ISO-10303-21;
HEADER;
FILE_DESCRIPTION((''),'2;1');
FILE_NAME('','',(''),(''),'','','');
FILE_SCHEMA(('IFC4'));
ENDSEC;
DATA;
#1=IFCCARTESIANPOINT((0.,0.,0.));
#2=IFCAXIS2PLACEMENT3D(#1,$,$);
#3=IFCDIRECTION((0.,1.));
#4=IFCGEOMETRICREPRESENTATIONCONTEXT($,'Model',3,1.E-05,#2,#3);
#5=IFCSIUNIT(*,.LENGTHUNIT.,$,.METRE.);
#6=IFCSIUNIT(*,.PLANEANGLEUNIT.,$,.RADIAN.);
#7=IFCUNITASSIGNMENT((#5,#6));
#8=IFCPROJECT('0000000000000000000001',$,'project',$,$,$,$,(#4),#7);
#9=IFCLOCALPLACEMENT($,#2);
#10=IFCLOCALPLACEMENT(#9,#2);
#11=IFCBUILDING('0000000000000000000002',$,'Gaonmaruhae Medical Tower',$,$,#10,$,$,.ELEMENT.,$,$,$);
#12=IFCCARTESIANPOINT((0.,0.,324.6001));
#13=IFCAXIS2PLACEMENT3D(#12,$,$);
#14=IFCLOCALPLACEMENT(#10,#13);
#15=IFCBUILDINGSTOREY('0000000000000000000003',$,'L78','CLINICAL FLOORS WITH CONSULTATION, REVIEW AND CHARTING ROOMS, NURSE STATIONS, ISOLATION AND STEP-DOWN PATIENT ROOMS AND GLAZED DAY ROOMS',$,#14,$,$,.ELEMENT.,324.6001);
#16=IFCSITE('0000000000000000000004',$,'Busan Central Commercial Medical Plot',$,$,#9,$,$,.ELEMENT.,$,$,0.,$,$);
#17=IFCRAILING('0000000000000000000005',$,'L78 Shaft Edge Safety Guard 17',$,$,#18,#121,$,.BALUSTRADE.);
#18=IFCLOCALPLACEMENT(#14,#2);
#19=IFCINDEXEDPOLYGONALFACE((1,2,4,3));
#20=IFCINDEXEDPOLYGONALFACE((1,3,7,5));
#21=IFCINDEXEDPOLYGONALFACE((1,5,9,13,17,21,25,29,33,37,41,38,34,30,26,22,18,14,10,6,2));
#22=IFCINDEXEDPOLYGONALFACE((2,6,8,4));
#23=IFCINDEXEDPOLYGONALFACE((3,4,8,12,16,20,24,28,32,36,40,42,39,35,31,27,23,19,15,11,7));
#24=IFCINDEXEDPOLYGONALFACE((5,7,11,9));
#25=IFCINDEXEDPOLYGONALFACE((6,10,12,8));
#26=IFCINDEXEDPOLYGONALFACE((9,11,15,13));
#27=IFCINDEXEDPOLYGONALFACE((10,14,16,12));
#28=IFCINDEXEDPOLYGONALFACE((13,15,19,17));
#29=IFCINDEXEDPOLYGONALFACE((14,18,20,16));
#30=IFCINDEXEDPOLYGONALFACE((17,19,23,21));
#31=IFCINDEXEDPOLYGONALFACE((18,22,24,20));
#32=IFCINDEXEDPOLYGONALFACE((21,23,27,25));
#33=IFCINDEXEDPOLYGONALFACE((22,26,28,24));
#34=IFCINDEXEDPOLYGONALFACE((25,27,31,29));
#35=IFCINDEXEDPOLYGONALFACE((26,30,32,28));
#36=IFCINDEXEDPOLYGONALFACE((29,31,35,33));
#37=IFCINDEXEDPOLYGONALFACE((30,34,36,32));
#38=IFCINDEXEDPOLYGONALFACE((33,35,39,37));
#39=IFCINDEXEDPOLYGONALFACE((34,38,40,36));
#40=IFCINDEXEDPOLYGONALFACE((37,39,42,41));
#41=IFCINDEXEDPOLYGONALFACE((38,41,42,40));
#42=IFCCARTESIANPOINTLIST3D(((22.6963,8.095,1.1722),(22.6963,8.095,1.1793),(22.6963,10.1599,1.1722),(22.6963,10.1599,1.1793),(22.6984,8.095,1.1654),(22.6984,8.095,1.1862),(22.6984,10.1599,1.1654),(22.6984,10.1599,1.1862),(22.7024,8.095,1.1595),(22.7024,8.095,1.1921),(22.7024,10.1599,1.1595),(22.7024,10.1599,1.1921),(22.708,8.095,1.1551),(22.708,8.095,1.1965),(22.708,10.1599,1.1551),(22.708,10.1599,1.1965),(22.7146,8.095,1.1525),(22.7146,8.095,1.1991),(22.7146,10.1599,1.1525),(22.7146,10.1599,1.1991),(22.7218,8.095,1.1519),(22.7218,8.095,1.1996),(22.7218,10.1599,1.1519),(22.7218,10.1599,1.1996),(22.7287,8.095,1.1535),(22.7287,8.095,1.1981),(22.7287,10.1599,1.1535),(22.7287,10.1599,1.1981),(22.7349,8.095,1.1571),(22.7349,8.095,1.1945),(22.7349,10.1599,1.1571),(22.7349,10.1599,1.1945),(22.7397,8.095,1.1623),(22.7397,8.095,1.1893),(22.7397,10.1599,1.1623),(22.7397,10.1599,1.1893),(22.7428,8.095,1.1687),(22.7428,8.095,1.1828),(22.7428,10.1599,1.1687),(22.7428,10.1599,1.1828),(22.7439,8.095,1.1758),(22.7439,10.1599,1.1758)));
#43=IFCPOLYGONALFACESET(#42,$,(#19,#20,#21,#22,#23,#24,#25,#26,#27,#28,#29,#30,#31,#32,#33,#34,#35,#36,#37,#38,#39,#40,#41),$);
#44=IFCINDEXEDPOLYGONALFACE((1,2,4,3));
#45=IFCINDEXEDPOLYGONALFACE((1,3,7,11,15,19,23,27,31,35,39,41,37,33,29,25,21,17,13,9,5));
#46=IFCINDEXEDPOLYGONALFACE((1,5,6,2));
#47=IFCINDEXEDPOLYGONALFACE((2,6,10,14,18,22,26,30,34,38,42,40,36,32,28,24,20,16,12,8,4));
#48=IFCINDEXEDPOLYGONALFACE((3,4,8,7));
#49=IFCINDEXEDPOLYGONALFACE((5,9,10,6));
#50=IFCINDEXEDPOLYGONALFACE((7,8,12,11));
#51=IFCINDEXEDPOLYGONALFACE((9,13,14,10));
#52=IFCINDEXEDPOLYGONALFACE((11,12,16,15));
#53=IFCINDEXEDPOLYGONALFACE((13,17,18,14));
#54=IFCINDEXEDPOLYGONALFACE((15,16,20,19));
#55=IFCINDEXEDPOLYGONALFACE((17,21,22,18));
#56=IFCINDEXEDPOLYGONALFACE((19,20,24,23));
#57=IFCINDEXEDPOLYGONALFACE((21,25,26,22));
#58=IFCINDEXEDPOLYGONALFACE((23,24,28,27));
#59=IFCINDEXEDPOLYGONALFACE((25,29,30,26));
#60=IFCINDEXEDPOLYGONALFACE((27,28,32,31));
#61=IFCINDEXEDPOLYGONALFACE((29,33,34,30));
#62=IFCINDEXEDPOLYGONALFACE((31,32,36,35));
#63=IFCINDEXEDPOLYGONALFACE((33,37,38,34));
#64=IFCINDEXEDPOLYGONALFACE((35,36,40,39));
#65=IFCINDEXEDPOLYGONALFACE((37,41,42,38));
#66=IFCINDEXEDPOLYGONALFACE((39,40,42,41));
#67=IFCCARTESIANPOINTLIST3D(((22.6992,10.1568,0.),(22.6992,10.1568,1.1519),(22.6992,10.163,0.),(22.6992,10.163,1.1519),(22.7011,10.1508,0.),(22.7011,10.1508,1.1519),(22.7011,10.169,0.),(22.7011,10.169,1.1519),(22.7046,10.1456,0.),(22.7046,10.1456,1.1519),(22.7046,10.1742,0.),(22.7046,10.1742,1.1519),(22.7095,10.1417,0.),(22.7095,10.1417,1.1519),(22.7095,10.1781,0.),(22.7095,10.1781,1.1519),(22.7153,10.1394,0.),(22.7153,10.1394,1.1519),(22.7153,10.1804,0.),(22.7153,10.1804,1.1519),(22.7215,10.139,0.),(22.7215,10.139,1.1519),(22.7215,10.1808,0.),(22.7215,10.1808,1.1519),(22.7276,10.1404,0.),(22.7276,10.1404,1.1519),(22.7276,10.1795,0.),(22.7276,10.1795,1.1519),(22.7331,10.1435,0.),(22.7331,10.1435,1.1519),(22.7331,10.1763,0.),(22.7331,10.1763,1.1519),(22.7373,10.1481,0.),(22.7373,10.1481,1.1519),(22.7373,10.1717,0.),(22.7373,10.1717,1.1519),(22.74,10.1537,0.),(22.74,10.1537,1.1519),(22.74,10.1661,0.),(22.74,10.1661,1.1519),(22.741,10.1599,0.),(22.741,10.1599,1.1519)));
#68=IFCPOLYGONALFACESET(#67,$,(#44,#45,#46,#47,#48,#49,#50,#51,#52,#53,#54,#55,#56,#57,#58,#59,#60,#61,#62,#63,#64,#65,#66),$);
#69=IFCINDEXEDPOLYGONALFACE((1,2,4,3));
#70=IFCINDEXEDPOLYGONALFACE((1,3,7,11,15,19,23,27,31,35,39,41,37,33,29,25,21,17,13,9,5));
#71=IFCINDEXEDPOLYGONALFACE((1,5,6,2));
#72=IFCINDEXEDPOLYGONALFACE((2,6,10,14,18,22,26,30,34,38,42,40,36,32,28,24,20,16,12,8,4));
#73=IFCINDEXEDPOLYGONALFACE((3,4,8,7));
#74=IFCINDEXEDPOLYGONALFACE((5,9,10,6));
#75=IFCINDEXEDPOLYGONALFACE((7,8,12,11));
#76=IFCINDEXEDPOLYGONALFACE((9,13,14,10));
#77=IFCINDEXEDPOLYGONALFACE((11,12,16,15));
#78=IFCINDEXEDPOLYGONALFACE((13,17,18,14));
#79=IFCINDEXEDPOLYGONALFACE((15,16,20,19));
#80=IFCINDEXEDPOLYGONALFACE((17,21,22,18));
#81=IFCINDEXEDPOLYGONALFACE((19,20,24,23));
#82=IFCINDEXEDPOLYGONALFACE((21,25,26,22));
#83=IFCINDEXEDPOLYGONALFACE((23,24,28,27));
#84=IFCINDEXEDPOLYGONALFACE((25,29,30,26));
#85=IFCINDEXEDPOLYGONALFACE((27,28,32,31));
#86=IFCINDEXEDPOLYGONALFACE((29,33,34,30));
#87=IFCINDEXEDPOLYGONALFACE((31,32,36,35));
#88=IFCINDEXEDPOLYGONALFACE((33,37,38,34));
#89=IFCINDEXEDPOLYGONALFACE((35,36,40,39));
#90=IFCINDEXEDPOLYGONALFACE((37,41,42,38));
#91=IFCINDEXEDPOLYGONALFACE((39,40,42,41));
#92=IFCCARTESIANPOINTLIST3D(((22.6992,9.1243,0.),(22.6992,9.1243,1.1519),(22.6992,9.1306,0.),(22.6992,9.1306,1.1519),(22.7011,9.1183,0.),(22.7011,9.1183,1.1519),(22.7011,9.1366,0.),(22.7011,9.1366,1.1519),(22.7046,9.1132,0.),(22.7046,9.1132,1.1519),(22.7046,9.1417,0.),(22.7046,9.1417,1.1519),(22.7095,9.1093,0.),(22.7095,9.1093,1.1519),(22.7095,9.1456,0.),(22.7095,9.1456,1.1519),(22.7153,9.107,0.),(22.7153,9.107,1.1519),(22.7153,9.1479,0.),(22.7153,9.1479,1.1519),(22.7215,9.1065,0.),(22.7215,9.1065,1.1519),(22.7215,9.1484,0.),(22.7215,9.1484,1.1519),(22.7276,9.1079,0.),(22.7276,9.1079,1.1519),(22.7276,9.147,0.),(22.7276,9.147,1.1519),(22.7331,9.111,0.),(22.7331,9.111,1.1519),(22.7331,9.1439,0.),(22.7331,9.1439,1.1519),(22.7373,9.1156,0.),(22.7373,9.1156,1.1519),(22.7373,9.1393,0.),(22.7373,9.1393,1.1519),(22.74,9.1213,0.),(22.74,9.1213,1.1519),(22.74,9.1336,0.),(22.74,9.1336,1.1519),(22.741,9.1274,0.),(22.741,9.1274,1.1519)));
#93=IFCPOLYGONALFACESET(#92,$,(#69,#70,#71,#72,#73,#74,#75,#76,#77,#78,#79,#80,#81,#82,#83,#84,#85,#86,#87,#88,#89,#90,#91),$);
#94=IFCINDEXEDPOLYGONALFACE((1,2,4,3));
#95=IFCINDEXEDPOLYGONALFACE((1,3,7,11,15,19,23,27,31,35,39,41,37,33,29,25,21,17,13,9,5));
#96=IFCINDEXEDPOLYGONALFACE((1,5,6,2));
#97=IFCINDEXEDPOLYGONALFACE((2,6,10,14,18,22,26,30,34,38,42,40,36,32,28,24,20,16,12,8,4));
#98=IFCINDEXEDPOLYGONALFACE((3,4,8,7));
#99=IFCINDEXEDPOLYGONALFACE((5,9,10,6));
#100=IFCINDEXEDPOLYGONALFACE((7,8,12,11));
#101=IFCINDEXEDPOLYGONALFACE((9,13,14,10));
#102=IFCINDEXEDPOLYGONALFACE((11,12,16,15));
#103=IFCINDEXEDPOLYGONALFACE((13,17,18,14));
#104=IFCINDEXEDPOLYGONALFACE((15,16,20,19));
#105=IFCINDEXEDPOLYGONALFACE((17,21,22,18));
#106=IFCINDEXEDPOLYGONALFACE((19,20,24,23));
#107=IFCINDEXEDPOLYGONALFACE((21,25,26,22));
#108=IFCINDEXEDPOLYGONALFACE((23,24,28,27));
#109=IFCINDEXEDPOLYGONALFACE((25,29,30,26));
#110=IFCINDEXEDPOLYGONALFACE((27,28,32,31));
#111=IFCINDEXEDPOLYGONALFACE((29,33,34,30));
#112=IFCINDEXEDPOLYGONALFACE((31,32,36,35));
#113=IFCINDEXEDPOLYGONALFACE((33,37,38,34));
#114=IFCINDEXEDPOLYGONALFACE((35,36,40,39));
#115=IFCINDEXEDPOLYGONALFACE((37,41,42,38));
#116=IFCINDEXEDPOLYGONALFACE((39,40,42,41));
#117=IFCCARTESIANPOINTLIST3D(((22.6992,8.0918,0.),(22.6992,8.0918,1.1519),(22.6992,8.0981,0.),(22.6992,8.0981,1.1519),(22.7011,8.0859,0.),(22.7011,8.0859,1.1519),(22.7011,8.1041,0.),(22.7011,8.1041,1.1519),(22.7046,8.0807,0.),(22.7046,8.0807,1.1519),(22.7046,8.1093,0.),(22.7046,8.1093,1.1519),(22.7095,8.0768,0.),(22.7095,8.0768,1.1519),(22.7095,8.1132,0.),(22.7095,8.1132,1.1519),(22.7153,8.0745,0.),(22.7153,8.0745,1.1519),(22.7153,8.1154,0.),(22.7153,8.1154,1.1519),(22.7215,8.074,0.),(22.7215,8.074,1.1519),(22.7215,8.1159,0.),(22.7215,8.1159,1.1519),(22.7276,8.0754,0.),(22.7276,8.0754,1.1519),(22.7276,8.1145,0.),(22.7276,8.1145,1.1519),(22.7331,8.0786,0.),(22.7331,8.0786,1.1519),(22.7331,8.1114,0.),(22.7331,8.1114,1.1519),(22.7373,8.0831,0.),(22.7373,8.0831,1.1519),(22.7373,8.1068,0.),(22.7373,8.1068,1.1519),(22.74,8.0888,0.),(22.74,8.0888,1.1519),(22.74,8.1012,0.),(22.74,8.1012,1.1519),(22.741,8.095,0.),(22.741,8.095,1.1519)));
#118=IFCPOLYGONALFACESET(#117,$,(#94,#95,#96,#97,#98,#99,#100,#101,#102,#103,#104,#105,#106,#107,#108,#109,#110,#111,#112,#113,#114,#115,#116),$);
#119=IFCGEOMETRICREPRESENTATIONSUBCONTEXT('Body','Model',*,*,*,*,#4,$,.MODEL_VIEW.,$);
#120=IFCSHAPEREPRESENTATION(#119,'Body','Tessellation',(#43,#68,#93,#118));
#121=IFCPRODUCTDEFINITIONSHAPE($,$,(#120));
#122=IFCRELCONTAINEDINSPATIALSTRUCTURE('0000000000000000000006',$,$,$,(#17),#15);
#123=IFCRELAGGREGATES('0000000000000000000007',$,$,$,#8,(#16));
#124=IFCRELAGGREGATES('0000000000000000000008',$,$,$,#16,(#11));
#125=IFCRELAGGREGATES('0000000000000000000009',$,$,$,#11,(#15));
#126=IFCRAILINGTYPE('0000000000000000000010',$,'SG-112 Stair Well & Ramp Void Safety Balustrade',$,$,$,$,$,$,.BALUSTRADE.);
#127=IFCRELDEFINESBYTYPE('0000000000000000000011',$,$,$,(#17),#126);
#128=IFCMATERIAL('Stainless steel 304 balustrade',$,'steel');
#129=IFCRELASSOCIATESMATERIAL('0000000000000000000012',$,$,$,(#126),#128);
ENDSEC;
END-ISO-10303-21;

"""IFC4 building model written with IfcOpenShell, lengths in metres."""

from ifc_helpers import new_model, si_unit, direction, frame, origin, origin_2d, place, context, subcontext, project, spatial, circle, extrude, material, type_object, element, save


model = new_model("IFC4")

# Units and contexts
model_context = context("Model", 3, precision=1e-05, world=origin(), true_north=direction((0.0, 1.0)))
body_context = subcontext(model_context, "Body", "Model", "MODEL_VIEW")
ifc_project = project(units=[si_unit("LENGTHUNIT", "METRE"), si_unit("PLANEANGLEUNIT", "RADIAN")], contexts=[model_context])

# Site, building, storey
site_placement = place(None, origin())
site = spatial("IfcSite", under=ifc_project, at=site_placement, Name="Busan Central Commercial Medical Plot", CompositionType="ELEMENT", RefElevation=0.0)
building_placement = place(site_placement, origin())
building = spatial("IfcBuilding", under=site, at=building_placement, Name="Gaonmaruhae Medical Tower", CompositionType="ELEMENT")
storey_placement = place(building_placement, frame((0.0, 0.0, 324.6001)))
storey = spatial("IfcBuildingStorey", under=building, at=storey_placement, Name="L78", Description="CLINICAL FLOORS WITH CONSULTATION, REVIEW AND CHARTING ROOMS, NURSE STATIONS, ISOLATION AND STEP-DOWN PATIENT ROOMS AND GLAZED DAY ROOMS", CompositionType="ELEMENT", Elevation=324.6001)

# Railing
ifc_material_1 = material(Name="Stainless steel 304 balustrade", Category="steel")
railing_type_1 = type_object("IfcRailingType", Name="SG-112 Stair Well & Ramp Void Safety Balustrade", PredefinedType="BALUSTRADE", material=ifc_material_1)
railing_1_placement = place(storey_placement, frame((22.72, 10.1599, 0.0)))
element("IfcRailing", 1, at=railing_1_placement, inside=storey, type_object=railing_type_1, Name="L78 Shaft Edge Safety Guard 17", PredefinedType="BALUSTRADE", context=body_context, shape_type="SweptSolid", body=[
    extrude(circle(Radius=0.0239, at=origin_2d()), frame((0.0, 0.0, 1.1758), z_axis=(0.0, -1.0, 0.0), x_axis=(1.0, 0.0, 0.0)), (0.0, 0.0, 1.0), 2.0649),
    extrude(circle(Radius=0.021, at=origin_2d()), origin(), (0.0, 0.0, 1.0), 1.1519),
    extrude(circle(Radius=0.021, at=origin_2d()), frame((0.0, -1.0325, 0.0)), (0.0, 0.0, 1.0), 1.1519),
    extrude(circle(Radius=0.021, at=origin_2d()), frame((0.0, -2.0649, 0.0)), (0.0, 0.0, 1.0), 1.1519),
])

save(model, "model.ifc")
